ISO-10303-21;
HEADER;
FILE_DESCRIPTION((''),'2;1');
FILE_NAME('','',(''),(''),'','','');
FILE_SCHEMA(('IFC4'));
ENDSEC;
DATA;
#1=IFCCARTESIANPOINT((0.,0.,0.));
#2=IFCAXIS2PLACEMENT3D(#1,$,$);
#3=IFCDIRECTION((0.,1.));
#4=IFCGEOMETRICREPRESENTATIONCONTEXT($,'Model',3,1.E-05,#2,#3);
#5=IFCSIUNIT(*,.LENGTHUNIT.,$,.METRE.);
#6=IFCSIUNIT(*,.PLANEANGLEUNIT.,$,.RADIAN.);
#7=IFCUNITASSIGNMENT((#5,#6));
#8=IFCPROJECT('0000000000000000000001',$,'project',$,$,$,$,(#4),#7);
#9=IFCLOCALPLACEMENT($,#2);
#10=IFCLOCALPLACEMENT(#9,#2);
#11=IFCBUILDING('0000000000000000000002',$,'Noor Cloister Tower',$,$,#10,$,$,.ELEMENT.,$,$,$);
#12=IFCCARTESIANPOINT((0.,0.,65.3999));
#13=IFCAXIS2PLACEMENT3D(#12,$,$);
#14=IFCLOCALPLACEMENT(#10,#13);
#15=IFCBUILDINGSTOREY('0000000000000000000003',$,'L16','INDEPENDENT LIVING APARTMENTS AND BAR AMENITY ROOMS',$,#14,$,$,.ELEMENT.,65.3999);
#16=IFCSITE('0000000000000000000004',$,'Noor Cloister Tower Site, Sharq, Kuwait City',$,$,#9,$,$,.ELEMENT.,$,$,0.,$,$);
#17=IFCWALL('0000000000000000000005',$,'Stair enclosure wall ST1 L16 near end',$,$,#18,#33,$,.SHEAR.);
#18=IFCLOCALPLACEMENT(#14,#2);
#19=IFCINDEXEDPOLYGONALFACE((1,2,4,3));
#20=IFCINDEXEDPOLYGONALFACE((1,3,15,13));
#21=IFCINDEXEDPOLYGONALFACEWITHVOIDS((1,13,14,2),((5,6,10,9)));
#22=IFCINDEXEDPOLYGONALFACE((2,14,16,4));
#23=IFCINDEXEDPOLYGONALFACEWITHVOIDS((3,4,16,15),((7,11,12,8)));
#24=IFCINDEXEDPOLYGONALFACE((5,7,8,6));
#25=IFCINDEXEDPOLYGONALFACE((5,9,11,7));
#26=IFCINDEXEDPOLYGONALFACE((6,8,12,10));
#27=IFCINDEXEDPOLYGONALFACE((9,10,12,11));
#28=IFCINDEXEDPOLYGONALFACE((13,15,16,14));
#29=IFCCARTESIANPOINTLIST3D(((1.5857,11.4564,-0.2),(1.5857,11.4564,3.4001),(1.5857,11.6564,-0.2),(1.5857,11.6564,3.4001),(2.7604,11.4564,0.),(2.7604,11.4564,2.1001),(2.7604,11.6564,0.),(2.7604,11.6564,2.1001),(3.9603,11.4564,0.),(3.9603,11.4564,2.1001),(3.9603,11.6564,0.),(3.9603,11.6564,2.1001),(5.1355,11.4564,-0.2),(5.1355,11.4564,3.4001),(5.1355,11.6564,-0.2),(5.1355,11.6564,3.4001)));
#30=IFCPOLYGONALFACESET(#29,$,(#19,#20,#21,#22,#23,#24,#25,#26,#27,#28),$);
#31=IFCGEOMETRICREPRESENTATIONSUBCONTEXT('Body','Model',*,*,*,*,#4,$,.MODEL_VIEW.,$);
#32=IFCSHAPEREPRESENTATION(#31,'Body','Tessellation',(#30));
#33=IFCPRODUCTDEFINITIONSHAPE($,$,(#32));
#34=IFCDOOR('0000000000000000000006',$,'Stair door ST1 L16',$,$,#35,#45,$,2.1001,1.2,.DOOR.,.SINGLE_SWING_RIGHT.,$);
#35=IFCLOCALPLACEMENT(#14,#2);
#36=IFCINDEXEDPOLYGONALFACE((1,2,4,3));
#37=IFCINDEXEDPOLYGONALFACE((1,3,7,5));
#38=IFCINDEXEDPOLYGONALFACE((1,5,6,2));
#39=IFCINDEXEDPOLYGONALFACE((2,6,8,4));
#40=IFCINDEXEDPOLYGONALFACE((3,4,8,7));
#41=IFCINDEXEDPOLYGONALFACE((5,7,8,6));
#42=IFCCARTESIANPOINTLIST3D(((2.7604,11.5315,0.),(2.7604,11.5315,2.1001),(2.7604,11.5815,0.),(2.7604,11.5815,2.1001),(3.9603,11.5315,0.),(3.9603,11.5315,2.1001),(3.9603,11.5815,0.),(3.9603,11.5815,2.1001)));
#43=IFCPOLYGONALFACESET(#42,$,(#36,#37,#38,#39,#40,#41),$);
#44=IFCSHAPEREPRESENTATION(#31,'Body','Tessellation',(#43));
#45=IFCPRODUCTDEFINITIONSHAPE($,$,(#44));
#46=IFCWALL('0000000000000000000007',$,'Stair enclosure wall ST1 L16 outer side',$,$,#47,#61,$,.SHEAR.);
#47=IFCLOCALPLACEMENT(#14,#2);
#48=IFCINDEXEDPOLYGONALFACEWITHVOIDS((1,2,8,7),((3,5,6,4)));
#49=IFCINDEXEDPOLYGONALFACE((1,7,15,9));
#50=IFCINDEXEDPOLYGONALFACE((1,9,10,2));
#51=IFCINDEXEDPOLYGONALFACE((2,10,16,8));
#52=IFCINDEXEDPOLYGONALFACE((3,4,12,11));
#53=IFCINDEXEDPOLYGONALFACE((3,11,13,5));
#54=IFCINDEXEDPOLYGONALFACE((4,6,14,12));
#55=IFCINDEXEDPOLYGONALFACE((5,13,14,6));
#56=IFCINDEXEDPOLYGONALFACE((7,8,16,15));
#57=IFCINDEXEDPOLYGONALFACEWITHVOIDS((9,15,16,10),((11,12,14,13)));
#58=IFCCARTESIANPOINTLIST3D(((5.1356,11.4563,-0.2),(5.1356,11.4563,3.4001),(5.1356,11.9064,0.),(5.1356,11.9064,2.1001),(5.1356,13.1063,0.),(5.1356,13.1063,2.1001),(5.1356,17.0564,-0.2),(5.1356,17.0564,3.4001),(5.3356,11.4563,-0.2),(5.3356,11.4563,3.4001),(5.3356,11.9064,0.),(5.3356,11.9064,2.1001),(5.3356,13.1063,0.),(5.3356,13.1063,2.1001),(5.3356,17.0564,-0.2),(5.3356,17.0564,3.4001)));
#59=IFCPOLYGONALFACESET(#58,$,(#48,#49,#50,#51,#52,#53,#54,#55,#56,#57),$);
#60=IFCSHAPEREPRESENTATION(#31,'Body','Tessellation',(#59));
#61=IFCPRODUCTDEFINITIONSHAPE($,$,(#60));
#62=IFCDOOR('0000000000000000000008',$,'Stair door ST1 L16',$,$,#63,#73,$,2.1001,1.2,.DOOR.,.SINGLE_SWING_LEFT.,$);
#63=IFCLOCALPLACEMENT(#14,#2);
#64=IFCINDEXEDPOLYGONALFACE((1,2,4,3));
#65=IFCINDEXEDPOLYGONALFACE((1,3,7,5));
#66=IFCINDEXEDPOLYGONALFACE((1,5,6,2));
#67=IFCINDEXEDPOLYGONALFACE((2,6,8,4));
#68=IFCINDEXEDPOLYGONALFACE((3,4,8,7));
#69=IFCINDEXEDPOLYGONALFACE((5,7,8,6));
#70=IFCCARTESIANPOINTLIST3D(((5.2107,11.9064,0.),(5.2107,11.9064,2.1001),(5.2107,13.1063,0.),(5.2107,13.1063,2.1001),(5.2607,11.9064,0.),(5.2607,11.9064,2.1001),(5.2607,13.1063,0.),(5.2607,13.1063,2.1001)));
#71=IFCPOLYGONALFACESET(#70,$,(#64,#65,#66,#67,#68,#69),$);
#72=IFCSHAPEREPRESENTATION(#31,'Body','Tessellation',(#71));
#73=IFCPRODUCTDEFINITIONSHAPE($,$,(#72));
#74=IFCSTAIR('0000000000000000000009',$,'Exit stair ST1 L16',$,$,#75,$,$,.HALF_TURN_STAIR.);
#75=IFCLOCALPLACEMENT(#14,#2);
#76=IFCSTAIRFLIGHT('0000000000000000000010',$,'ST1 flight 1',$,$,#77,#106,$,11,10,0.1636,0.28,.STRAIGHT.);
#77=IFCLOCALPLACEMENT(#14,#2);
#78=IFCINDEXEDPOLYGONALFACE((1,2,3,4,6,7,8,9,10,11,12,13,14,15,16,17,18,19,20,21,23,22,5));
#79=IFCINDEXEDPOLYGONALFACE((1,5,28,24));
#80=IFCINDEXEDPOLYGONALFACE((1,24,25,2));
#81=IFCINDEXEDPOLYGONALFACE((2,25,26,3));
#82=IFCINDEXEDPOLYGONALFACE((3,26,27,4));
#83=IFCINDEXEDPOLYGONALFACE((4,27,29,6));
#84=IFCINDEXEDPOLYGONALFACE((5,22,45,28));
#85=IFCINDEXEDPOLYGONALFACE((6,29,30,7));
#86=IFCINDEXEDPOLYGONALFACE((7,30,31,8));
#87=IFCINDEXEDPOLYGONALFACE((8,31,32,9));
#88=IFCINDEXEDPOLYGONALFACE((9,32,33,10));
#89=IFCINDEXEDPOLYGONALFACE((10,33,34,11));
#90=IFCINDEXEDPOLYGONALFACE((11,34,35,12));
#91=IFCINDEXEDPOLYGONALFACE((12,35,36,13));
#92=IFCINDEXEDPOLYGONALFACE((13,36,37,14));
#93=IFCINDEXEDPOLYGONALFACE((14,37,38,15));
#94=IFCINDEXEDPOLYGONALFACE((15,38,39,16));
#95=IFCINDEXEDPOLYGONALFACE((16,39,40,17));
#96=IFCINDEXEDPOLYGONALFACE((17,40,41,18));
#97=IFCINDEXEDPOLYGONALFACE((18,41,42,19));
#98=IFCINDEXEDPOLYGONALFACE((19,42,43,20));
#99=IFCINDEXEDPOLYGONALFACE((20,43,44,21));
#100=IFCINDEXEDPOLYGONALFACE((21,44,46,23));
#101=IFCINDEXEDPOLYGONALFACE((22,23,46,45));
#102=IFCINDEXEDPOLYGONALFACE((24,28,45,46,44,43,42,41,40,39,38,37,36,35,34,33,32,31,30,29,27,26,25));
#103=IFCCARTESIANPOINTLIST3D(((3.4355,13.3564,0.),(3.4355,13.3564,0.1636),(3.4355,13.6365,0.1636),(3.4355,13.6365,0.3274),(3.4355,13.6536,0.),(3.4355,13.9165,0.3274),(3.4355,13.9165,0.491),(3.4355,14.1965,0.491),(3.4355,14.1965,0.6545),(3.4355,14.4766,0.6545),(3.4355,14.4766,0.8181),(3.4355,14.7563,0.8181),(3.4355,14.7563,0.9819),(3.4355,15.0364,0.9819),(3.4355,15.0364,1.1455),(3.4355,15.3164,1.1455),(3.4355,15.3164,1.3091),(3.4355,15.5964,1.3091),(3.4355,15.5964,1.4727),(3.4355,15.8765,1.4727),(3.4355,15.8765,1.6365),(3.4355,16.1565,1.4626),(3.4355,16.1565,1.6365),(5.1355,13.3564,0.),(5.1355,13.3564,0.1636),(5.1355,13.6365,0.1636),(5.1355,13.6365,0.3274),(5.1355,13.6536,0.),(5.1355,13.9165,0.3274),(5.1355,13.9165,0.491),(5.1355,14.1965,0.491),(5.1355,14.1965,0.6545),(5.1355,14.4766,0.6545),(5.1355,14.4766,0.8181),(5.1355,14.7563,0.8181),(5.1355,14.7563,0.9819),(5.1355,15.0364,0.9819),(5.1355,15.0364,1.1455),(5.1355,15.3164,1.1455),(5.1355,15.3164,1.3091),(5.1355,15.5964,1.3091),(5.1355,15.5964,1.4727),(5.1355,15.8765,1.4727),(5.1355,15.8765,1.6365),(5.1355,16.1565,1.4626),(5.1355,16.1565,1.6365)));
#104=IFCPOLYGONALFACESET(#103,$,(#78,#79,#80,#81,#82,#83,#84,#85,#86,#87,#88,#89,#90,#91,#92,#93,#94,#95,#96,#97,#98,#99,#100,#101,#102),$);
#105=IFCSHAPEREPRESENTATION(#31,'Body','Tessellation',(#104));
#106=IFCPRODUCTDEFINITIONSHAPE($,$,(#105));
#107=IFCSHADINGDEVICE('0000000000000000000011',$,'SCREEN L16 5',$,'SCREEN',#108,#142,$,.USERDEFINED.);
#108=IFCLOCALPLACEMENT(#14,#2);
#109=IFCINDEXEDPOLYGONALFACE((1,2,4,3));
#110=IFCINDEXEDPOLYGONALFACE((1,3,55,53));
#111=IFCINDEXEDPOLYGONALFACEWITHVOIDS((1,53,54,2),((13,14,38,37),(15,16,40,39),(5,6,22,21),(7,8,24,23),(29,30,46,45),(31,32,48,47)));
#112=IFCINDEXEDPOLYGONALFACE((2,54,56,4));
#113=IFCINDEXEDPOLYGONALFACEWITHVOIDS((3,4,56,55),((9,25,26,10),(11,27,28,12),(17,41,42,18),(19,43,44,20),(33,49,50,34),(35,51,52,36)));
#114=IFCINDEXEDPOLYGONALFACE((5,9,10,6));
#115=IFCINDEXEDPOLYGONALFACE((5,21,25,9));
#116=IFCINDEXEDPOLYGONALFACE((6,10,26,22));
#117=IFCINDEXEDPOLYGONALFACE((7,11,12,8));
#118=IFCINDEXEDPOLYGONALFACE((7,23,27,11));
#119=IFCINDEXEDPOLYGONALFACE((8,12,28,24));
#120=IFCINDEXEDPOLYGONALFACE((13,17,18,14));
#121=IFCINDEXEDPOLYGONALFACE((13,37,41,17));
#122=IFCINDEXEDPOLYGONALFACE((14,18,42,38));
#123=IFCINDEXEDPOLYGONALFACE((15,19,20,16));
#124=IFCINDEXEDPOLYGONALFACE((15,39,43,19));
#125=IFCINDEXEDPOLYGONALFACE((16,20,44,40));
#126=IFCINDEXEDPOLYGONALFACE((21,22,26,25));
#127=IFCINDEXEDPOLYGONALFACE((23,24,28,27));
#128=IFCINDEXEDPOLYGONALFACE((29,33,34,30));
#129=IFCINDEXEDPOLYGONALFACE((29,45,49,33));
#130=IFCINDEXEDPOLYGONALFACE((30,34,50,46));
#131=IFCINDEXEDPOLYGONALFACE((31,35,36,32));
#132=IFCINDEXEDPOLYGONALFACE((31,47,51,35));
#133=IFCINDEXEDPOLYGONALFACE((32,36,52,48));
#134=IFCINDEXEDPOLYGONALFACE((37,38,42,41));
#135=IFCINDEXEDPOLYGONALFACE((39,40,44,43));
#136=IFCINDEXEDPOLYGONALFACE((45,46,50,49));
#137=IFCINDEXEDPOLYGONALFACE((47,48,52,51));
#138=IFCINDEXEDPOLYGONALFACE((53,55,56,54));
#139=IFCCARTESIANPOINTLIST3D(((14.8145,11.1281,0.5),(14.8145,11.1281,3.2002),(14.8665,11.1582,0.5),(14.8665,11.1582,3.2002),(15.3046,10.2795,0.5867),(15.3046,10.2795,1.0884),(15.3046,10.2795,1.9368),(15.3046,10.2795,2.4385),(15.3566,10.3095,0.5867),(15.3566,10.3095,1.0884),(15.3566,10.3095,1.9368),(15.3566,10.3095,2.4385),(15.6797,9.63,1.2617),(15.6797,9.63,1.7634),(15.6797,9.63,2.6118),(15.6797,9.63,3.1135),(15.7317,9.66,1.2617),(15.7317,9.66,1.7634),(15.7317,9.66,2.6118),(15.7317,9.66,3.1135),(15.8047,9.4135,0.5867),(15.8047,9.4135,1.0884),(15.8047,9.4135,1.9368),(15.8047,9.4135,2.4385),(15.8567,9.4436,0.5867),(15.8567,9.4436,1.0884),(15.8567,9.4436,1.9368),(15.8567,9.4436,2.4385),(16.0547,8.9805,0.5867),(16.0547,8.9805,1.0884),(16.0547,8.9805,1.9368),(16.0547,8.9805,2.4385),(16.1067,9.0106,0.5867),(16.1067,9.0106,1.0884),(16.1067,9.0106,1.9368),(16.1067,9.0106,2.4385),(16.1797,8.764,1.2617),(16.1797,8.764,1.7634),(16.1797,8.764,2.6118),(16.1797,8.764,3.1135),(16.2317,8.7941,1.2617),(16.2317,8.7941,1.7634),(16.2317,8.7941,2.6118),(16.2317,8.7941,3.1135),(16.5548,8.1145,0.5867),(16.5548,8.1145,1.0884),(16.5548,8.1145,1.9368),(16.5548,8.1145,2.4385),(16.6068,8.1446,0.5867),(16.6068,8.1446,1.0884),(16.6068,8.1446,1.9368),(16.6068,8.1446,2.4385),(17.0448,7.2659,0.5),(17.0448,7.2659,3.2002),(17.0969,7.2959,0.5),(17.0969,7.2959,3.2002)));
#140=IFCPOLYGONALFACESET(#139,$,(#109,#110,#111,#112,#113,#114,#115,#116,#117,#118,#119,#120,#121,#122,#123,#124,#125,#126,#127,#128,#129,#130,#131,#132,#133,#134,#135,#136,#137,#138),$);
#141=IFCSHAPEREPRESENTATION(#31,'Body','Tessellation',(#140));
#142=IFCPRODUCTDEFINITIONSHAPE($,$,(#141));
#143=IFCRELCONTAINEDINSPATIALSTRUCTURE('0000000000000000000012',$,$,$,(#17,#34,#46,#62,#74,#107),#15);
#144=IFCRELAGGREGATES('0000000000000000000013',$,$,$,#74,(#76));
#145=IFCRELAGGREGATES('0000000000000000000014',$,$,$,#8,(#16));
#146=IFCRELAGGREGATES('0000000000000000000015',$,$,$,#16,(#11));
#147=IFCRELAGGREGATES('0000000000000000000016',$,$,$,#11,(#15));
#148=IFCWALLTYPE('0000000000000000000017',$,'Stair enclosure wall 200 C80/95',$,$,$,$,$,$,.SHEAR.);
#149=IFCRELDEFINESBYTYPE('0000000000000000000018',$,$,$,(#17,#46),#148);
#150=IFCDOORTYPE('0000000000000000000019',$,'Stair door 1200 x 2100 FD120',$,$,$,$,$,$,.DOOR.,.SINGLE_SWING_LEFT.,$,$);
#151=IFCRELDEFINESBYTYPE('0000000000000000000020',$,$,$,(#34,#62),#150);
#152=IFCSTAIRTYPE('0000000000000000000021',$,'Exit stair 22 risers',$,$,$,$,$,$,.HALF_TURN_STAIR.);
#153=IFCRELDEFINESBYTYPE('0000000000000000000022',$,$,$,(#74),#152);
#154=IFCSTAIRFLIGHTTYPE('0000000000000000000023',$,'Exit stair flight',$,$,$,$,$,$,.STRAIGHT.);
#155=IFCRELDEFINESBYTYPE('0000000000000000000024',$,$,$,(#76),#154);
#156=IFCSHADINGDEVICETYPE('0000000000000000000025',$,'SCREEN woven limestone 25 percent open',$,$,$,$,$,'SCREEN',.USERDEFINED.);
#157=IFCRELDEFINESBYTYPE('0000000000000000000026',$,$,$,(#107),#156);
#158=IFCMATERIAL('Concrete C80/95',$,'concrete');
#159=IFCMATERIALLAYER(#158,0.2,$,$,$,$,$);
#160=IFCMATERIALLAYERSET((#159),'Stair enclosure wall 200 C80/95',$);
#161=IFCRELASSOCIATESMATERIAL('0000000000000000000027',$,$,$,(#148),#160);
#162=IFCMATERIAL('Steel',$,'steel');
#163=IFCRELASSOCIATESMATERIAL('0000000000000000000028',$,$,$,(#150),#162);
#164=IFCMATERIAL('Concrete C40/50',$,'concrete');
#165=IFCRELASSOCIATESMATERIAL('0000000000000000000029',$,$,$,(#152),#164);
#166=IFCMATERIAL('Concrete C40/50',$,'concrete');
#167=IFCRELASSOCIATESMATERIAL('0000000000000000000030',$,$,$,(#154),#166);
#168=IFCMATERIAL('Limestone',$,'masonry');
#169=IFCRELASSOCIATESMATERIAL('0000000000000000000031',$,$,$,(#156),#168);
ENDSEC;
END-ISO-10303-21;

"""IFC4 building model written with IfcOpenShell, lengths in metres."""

from ifc_helpers import new_model, si_unit, direction, frame, frame_2d, origin, place, context, subcontext, project, spatial, polyline, rectangle, outline, extrude, material, layer, layer_set, material_profile, profile_set, type_object, element, fill, aggregate, save


model = new_model("IFC4")

# Units and contexts
model_context = context("Model", 3, precision=1e-05, world=origin(), true_north=direction((0.0, 1.0)))
body_context = subcontext(model_context, "Body", "Model", "MODEL_VIEW")
ifc_project = project(units=[si_unit("LENGTHUNIT", "METRE"), si_unit("PLANEANGLEUNIT", "RADIAN")], contexts=[model_context])

# Site, building, storey
site_placement = place(None, origin())
site = spatial("IfcSite", under=ifc_project, at=site_placement, Name="Noor Cloister Tower Site, Sharq, Kuwait City", CompositionType="ELEMENT", RefElevation=0.0)
building_placement = place(site_placement, origin())
building = spatial("IfcBuilding", under=site, at=building_placement, Name="Noor Cloister Tower", CompositionType="ELEMENT")
storey_placement = place(building_placement, frame((0.0, 0.0, 65.3999)))
storey = spatial("IfcBuildingStorey", under=building, at=storey_placement, Name="L16", Description="INDEPENDENT LIVING APARTMENTS AND BAR AMENITY ROOMS", CompositionType="ELEMENT", Elevation=65.3999)

# Walls, openings, doors
ifc_material_1 = material(Name="Concrete C80/95", Category="concrete")
ifc_layer_1 = layer(ifc_material_1, 0.2)
ifc_layer_set_1 = layer_set([ifc_layer_1], Name="Stair enclosure wall 200 C80/95")
wall_type_1 = type_object("IfcWallType", Name="Stair enclosure wall 200 C80/95", PredefinedType="SHEAR", material=ifc_layer_set_1)
wall_1_placement = place(storey_placement, frame((5.1355, 11.5564, -0.2), z_axis=(0.0, 0.0, 1.0), x_axis=(-1.0, 0.0, 0.0)))
wall_1 = element("IfcWall", 1, at=wall_1_placement, inside=storey, type_object=wall_type_1, Name="Stair enclosure wall ST1 L16 near end", PredefinedType="SHEAR", context=body_context, shape_type="SweptSolid", body=[
    extrude(rectangle(XDim=3.5498, YDim=0.2, at=frame_2d((1.7749, 0.0))), origin(), (0.0, 0.0, 1.0), 3.6001),
])
opening_1_placement = place(wall_1_placement, frame((1.175, 0.0, 0.2)))
opening_1 = element("IfcOpeningElement", 2, at=opening_1_placement, cuts=wall_1, PredefinedType="OPENING", context=body_context, shape_type="SweptSolid", body=[
    extrude(rectangle(XDim=1.2, YDim=2.1001, at=frame_2d((0.6001, 1.05))), frame((0.0, 0.1099, 0.0), z_axis=(0.0, -1.0, 0.0), x_axis=(1.0, 0.0, 0.0)), (0.0, 0.0, 1.0), 0.22),
])
ifc_material_2 = material(Name="Steel", Category="steel")
door_type_1 = type_object("IfcDoorType", Name="Stair door 1200 x 2100 FD120", OperationType="SINGLE_SWING_LEFT", PredefinedType="DOOR", material=ifc_material_2)
door_1_placement = place(opening_1_placement, origin())
door_1 = element("IfcDoor", 3, at=door_1_placement, inside=storey, type_object=door_type_1, Name="Stair door ST1 L16", OperationType="SINGLE_SWING_RIGHT", OverallHeight=2.1001, OverallWidth=1.2, PredefinedType="DOOR", context=body_context, shape_type="SweptSolid", body=[
    extrude(rectangle(XDim=1.2, YDim=2.1001, at=frame_2d((0.6001, 1.05))), frame((0.0, 0.0249, 0.0), z_axis=(0.0, -1.0, 0.0), x_axis=(1.0, 0.0, 0.0)), (0.0, 0.0, 1.0), 0.05),
])
fill(opening_1, door_1)
wall_2_placement = place(storey_placement, frame((5.2356, 11.4563, -0.2), z_axis=(0.0, 0.0, 1.0), x_axis=(0.0, 1.0, 0.0)))
wall_2 = element("IfcWall", 4, at=wall_2_placement, inside=storey, type_object=wall_type_1, Name="Stair enclosure wall ST1 L16 outer side", PredefinedType="SHEAR", context=body_context, shape_type="SweptSolid", body=[
    extrude(rectangle(XDim=5.6001, YDim=0.2, at=frame_2d((2.8, 0.0))), origin(), (0.0, 0.0, 1.0), 3.6001),
])
opening_2_placement = place(wall_2_placement, frame((0.45, 0.0, 0.2)))
opening_2 = element("IfcOpeningElement", 5, at=opening_2_placement, cuts=wall_2, PredefinedType="OPENING", context=body_context, shape_type="SweptSolid", body=[
    extrude(rectangle(XDim=1.2, YDim=2.1001, at=frame_2d((0.6001, 1.05))), frame((0.0, 0.1099, 0.0), z_axis=(0.0, -1.0, 0.0), x_axis=(1.0, 0.0, 0.0)), (0.0, 0.0, 1.0), 0.22),
])
door_2_placement = place(opening_2_placement, origin())
door_2 = element("IfcDoor", 6, at=door_2_placement, inside=storey, type_object=door_type_1, Name="Stair door ST1 L16", OperationType="SINGLE_SWING_LEFT", OverallHeight=2.1001, OverallWidth=1.2, PredefinedType="DOOR", context=body_context, shape_type="SweptSolid", body=[
    extrude(rectangle(XDim=1.2, YDim=2.1001, at=frame_2d((0.6001, 1.05))), frame((0.0, 0.0249, 0.0), z_axis=(0.0, -1.0, 0.0), x_axis=(1.0, 0.0, 0.0)), (0.0, 0.0, 1.0), 0.05),
])
fill(opening_2, door_2)

# Stair, stair flight
ifc_material_3 = material(Name="Concrete C40/50", Category="concrete")
stair_type = type_object("IfcStairType", Name="Exit stair 22 risers", PredefinedType="HALF_TURN_STAIR", material=ifc_material_3)
stair_placement = place(storey_placement, origin())
stair = element("IfcStair", 7, at=stair_placement, inside=storey, type_object=stair_type, Name="Exit stair ST1 L16", PredefinedType="HALF_TURN_STAIR")
ifc_material_4 = material(Name="Concrete C40/50", Category="concrete")
stair_flight_type = type_object("IfcStairFlightType", Name="Exit stair flight", PredefinedType="STRAIGHT", material=ifc_material_4)
stair_flight_placement = place(storey_placement, frame((4.2856, 13.3564, 0.0), z_axis=(0.0, 0.0, 1.0), x_axis=(0.0, 1.0, 0.0)))
stair_flight = element("IfcStairFlight", 8, at=stair_flight_placement, type_object=stair_flight_type, Name="ST1 flight 1", NumberOfRisers=11, NumberOfTreads=10, PredefinedType="STRAIGHT", RiserHeight=0.1636, TreadLength=0.28, context=body_context, shape_type="SweptSolid", body=[
    extrude(outline(polyline([(0.0, 0.0), (0.0, 0.1636), (0.28, 0.1636), (0.28, 0.3274), (0.5601, 0.3274), (0.5601, 0.491), (0.8401, 0.491), (0.8401, 0.6545), (1.1201, 0.6545), (1.1201, 0.8181), (1.3999, 0.8181), (1.3999, 0.9819), (1.6799, 0.9819), (1.6799, 1.1455), (1.96, 1.1455), (1.96, 1.3091), (2.24, 1.3091), (2.24, 1.4727), (2.52, 1.4727), (2.52, 1.6365), (2.8, 1.6365), (2.8, 1.8), (2.8, 1.4626), (0.2971, 0.0), (0.0, 0.0)])), frame((0.0, 0.8501, 0.0), z_axis=(0.0, -1.0, 0.0), x_axis=(1.0, 0.0, 0.0)), (0.0, 0.0, 1.0), 1.7),
])
aggregate(stair, [stair_flight])

# Shading device
ifc_material_5 = material(Name="Limestone", Category="masonry")
ifc_material_profile_1 = material_profile(ifc_material_5, outline(polyline([(-2.23, -1.3501), (2.23, -1.3501), (2.23, 1.3501), (-2.23, 1.3501), (-2.23, -1.3501)]), holes=[polyline([(-1.25, -1.2634), (-0.25, -1.2634), (-0.25, -0.7617), (-1.25, -0.7617), (-1.25, -1.2634)]), polyline([(0.25, -1.2634), (1.25, -1.2634), (1.25, -0.7617), (0.25, -0.7617), (0.25, -1.2634)]), polyline([(-0.5, -0.5884), (0.5, -0.5884), (0.5, -0.0867), (-0.5, -0.0867), (-0.5, -0.5884)]), polyline([(-1.25, 0.0867), (-0.25, 0.0867), (-0.25, 0.5884), (-1.25, 0.5884), (-1.25, 0.0867)]), polyline([(0.25, 0.0867), (1.25, 0.0867), (1.25, 0.5884), (0.25, 0.5884), (0.25, 0.0867)]), polyline([(-0.5, 0.7617), (0.5, 0.7617), (0.5, 1.2634), (-0.5, 1.2634), (-0.5, 0.7617)])]), Name="Woven screen 25 percent open")
ifc_profile_set_1 = profile_set([ifc_material_profile_1], Name="Limestone")
shading_device_type = type_object("IfcShadingDeviceType", Name="SCREEN woven limestone 25 percent open", ElementType="SCREEN", PredefinedType="USERDEFINED", material=ifc_profile_set_1)
shading_device_1_placement = place(storey_placement, frame((15.9297, 9.197, 1.8501), z_axis=(0.865982, 0.500074, 0.0), x_axis=(-0.500074, 0.865982, 0.0)))
element("IfcShadingDevice", 9, at=shading_device_1_placement, inside=storey, type_object=shading_device_type, Name="SCREEN L16 5", ObjectType="SCREEN", PredefinedType="USERDEFINED", context=body_context, shape_type="SweptSolid", body=[
    extrude(outline(polyline([(-2.23, -1.3501), (2.23, -1.3501), (2.23, 1.3501), (-2.23, 1.3501), (-2.23, -1.3501)]), holes=[polyline([(-1.25, -1.2634), (-0.25, -1.2634), (-0.25, -0.7617), (-1.25, -0.7617), (-1.25, -1.2634)]), polyline([(0.25, -1.2634), (1.25, -1.2634), (1.25, -0.7617), (0.25, -0.7617), (0.25, -1.2634)]), polyline([(-0.5, -0.5884), (0.5, -0.5884), (0.5, -0.0867), (-0.5, -0.0867), (-0.5, -0.5884)]), polyline([(-1.25, 0.0867), (-0.25, 0.0867), (-0.25, 0.5884), (-1.25, 0.5884), (-1.25, 0.0867)]), polyline([(0.25, 0.0867), (1.25, 0.0867), (1.25, 0.5884), (0.25, 0.5884), (0.25, 0.0867)]), polyline([(-0.5, 0.7617), (0.5, 0.7617), (0.5, 1.2634), (-0.5, 1.2634), (-0.5, 0.7617)])]), origin(), (0.0, 0.0, 1.0), 0.0601),
])

save(model, "model.ifc")
